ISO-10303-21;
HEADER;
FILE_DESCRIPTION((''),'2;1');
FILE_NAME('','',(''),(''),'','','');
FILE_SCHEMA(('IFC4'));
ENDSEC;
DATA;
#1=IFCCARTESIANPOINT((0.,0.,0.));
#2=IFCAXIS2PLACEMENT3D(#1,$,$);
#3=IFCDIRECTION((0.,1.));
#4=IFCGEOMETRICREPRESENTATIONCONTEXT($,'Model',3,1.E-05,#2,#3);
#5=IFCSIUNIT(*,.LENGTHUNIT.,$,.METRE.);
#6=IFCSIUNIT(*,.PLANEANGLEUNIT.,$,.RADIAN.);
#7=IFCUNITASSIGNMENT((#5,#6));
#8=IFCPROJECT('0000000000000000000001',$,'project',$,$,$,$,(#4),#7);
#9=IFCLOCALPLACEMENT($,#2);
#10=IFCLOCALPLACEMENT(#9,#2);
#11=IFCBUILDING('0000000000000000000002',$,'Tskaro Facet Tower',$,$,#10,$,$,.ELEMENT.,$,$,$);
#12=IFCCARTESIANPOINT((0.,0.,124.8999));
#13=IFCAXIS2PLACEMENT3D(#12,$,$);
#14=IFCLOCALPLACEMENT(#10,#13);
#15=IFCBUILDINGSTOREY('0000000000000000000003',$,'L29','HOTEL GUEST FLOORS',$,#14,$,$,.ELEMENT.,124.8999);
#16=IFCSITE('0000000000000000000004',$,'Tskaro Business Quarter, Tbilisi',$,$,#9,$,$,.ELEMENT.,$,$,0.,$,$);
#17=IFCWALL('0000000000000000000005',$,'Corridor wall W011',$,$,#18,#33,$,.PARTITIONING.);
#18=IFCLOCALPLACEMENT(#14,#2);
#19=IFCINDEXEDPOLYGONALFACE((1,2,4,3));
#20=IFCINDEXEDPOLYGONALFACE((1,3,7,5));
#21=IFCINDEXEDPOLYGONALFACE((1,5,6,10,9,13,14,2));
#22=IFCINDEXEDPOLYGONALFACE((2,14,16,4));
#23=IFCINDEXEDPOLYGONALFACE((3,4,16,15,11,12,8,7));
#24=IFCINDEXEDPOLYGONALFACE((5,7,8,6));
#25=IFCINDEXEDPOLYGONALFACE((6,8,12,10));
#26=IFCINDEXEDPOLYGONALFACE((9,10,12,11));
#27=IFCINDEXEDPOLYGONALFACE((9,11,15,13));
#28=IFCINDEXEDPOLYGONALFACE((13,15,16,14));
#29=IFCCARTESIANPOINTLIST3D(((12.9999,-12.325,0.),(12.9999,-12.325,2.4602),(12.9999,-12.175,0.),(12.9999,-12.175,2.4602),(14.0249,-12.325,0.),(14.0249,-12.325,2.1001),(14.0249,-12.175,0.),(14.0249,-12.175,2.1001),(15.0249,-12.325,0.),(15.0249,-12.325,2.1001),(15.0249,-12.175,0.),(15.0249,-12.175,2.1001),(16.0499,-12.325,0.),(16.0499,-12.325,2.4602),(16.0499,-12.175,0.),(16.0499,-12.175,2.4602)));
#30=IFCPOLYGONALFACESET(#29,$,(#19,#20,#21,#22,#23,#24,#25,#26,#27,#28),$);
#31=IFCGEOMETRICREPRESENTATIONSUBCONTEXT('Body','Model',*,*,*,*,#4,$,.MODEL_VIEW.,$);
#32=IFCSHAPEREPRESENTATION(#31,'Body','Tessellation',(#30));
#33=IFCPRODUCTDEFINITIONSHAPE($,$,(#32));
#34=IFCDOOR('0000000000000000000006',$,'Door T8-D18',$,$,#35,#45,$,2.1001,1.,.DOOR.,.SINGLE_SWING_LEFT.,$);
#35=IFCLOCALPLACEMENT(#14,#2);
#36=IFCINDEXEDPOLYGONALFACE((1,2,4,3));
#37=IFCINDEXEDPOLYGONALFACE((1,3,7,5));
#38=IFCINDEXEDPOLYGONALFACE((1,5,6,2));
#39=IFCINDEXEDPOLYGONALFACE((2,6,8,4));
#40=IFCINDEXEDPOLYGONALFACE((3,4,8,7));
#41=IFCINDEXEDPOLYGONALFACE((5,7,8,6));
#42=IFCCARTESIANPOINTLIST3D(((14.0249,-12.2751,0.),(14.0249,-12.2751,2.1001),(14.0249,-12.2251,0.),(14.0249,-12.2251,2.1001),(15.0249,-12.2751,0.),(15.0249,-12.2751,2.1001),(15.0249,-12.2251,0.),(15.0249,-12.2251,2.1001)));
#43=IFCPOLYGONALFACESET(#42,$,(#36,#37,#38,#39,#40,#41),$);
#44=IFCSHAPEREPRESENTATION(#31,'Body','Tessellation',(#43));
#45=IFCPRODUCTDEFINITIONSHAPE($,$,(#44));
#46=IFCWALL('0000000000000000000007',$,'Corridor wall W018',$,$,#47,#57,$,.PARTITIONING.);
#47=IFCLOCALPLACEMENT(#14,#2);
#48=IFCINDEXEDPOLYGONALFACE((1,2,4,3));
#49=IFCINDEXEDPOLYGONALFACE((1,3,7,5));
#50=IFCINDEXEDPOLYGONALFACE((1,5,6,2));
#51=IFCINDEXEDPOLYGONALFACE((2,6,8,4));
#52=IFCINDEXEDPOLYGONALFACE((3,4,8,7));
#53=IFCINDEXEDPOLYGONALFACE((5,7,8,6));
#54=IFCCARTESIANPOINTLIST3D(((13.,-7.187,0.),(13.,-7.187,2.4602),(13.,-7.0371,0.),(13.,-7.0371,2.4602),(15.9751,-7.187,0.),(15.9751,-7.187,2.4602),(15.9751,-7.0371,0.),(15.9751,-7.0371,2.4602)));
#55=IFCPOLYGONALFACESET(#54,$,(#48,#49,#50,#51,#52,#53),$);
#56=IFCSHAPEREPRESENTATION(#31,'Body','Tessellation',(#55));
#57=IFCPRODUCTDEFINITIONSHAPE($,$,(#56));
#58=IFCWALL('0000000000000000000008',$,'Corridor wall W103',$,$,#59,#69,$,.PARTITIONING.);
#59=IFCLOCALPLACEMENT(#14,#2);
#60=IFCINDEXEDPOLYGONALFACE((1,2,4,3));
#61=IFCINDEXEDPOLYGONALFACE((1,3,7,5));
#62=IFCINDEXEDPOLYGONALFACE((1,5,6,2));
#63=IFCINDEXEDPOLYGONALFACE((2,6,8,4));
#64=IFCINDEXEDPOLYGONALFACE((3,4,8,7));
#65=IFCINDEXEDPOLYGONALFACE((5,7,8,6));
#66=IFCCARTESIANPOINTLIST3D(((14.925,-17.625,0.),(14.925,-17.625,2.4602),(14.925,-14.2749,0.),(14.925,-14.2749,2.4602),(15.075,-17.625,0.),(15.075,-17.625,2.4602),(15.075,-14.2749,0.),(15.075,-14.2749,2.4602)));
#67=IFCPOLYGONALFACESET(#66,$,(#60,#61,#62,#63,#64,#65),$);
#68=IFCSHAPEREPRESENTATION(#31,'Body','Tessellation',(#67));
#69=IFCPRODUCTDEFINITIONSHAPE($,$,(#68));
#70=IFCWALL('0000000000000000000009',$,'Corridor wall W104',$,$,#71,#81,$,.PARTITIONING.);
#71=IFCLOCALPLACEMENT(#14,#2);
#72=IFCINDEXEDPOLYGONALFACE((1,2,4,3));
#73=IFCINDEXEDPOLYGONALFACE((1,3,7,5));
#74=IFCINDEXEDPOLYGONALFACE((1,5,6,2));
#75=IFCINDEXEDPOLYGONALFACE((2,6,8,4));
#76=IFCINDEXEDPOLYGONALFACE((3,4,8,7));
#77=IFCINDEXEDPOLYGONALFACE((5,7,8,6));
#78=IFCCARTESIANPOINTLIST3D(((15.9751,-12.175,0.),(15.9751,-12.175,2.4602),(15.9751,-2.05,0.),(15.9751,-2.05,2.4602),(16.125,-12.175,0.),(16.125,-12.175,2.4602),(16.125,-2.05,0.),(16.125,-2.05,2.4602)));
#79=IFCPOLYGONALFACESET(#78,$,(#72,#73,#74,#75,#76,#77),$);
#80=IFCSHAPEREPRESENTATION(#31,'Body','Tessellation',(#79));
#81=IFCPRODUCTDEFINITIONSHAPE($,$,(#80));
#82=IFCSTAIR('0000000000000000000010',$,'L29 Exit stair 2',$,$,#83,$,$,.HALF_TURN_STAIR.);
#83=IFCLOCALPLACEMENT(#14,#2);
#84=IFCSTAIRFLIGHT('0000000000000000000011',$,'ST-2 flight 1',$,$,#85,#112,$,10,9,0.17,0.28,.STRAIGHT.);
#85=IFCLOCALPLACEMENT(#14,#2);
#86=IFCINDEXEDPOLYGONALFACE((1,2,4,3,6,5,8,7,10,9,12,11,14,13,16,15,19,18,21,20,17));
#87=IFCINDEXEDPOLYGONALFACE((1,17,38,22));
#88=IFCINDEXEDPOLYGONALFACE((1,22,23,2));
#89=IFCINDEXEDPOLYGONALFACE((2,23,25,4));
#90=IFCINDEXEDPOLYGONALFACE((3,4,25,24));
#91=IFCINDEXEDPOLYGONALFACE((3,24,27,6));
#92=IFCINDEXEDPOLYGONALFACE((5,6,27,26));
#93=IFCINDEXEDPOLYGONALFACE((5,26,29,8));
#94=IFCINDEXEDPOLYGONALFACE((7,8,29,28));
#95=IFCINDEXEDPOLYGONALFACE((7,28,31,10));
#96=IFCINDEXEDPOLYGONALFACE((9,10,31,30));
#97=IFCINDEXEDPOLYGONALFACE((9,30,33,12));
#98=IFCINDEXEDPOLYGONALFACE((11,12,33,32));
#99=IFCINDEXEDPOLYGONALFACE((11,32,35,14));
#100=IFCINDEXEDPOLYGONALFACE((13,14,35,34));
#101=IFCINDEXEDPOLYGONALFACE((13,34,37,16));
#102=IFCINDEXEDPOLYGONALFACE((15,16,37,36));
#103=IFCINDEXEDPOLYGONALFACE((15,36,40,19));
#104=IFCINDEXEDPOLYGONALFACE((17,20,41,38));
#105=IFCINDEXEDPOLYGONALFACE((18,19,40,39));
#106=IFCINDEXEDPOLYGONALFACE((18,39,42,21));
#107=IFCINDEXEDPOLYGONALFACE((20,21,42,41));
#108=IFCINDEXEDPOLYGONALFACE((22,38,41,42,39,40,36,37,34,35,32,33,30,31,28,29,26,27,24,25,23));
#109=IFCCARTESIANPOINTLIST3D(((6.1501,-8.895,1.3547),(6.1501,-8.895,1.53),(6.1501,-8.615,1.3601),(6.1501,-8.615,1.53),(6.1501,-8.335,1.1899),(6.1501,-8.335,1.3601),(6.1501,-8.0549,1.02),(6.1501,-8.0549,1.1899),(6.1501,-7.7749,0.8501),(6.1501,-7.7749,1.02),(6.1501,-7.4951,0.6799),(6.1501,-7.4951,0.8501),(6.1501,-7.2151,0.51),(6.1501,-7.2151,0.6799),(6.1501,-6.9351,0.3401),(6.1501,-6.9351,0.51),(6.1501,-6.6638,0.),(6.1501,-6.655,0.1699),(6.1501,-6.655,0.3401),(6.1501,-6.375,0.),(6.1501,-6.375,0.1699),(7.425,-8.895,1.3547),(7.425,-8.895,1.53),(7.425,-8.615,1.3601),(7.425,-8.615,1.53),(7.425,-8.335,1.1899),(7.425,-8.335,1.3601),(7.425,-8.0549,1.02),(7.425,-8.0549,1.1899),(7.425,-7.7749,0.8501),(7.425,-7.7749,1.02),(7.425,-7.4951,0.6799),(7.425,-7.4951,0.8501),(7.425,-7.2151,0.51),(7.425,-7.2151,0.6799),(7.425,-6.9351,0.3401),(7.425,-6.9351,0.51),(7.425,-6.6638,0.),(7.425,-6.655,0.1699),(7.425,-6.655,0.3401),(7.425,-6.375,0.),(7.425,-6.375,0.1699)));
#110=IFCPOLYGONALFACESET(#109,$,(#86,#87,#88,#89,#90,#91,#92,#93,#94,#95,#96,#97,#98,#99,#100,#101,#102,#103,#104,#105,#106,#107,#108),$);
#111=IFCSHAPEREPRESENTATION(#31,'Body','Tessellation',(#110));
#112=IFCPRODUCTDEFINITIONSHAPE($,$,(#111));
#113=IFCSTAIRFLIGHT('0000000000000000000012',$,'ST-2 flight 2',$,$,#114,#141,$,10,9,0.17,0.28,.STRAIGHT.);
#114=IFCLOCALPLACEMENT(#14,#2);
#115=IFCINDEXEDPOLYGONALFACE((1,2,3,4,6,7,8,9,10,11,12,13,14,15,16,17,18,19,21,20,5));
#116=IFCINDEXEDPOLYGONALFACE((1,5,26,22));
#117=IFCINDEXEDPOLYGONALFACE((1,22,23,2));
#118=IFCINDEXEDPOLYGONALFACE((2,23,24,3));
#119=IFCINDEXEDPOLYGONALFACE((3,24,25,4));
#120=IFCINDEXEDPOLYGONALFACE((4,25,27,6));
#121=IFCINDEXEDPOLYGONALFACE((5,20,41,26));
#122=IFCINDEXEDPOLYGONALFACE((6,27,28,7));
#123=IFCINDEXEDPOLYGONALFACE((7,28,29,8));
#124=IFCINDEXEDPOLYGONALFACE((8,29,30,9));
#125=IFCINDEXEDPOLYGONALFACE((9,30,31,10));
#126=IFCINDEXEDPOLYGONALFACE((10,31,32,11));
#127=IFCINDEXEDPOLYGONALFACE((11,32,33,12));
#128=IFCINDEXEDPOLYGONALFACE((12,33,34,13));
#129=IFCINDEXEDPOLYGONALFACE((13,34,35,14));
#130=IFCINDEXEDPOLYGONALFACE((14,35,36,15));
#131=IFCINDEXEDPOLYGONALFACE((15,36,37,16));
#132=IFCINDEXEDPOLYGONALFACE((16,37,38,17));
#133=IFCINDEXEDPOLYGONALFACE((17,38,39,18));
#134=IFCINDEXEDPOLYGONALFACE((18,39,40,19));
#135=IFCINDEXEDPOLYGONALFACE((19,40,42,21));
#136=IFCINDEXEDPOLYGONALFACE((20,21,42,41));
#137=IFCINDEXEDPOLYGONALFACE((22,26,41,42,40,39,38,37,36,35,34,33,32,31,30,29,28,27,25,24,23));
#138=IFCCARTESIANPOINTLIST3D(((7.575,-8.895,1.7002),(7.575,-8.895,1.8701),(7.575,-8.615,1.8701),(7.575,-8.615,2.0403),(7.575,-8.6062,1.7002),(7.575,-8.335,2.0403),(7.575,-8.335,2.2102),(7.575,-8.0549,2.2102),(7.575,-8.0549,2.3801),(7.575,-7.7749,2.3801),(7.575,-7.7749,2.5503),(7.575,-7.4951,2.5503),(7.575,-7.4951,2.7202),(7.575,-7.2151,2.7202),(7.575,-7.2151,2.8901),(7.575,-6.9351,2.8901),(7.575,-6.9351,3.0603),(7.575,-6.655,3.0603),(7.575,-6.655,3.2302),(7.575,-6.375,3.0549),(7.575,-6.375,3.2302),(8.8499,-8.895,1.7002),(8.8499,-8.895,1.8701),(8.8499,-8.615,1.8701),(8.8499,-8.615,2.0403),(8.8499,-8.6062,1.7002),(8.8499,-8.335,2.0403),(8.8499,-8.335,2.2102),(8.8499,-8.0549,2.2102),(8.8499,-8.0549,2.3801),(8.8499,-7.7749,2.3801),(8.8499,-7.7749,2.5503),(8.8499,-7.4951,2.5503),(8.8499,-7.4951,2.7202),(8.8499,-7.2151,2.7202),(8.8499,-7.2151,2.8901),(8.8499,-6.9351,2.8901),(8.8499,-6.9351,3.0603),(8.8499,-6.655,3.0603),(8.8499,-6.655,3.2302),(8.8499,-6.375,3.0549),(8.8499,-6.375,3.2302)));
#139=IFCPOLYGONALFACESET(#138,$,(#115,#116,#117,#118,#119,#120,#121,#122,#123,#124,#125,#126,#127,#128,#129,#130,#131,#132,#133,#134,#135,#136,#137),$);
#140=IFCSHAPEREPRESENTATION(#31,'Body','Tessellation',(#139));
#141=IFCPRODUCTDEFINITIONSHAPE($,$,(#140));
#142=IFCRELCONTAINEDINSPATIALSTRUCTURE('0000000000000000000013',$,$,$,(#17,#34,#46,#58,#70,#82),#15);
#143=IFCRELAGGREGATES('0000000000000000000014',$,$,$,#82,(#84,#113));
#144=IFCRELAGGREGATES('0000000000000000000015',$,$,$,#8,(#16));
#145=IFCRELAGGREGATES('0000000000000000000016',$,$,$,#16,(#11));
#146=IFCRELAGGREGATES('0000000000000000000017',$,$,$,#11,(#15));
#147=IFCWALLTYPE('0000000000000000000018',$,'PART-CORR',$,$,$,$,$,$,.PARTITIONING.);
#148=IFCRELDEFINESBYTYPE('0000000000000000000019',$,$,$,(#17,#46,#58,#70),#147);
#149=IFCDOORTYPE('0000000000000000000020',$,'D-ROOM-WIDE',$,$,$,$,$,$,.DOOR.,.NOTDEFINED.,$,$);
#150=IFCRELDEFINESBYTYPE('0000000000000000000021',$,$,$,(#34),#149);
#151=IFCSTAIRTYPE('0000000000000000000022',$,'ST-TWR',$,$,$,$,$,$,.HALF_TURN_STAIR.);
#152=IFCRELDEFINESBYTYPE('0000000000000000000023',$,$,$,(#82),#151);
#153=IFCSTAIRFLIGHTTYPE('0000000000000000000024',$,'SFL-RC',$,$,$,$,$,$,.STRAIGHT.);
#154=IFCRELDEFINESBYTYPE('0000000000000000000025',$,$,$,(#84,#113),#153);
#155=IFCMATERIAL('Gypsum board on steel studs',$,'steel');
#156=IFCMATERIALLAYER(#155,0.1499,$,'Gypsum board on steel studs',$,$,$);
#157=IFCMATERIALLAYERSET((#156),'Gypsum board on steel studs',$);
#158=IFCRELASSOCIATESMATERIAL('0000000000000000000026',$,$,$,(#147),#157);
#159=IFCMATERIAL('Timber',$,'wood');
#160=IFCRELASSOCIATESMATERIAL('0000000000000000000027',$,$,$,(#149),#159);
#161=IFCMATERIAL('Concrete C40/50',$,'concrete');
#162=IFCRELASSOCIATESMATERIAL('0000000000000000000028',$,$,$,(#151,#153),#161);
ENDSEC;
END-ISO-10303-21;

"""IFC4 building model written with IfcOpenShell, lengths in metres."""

from ifc_helpers import new_model, si_unit, direction, frame, frame_2d, origin, place, context, subcontext, project, spatial, polyline, rectangle, outline, extrude, material, layer, layer_set, type_object, element, fill, aggregate, save


model = new_model("IFC4")

# Units and contexts
model_context = context("Model", 3, precision=1e-05, world=origin(), true_north=direction((0.0, 1.0)))
body_context = subcontext(model_context, "Body", "Model", "MODEL_VIEW")
ifc_project = project(units=[si_unit("LENGTHUNIT", "METRE"), si_unit("PLANEANGLEUNIT", "RADIAN")], contexts=[model_context])

# Site, building, storey
site_placement = place(None, origin())
site = spatial("IfcSite", under=ifc_project, at=site_placement, Name="Tskaro Business Quarter, Tbilisi", CompositionType="ELEMENT", RefElevation=0.0)
building_placement = place(site_placement, origin())
building = spatial("IfcBuilding", under=site, at=building_placement, Name="Tskaro Facet Tower", CompositionType="ELEMENT")
storey_placement = place(building_placement, frame((0.0, 0.0, 124.8999)))
storey = spatial("IfcBuildingStorey", under=building, at=storey_placement, Name="L29", Description="HOTEL GUEST FLOORS", CompositionType="ELEMENT", Elevation=124.8999)

# Shared definitions
ifc_material_1 = material(Name="Timber", Category="wood")

# Shared definitions
ifc_material_2 = material(Name="Concrete C40/50", Category="concrete")

# Wall, opening, door
ifc_material_3 = material(Name="Gypsum board on steel studs", Category="steel")
ifc_layer_1 = layer(ifc_material_3, 0.1499, Name="Gypsum board on steel studs")
ifc_layer_set_1 = layer_set([ifc_layer_1], Name="Gypsum board on steel studs")
wall_type_1 = type_object("IfcWallType", Name="PART-CORR", PredefinedType="PARTITIONING", material=ifc_layer_set_1)
wall_1_placement = place(storey_placement, frame((13.0, -12.25, 0.0), z_axis=(0.0, 0.0, 1.0), x_axis=(1.0, 0.0, 0.0)))
wall_1 = element("IfcWall", 1, at=wall_1_placement, inside=storey, type_object=wall_type_1, Name="Corridor wall W011", PredefinedType="PARTITIONING", context=body_context, shape_type="SweptSolid", body=[
    extrude(rectangle(XDim=3.05, YDim=0.1499, at=frame_2d((1.5249, 0.0))), origin(), (0.0, 0.0, 1.0), 2.4602),
])
opening_1_placement = place(wall_1_placement, frame((1.0249, 0.0, 0.0)))
opening_1 = element("IfcOpeningElement", 2, at=opening_1_placement, cuts=wall_1, PredefinedType="OPENING", context=body_context, shape_type="SweptSolid", body=[
    extrude(rectangle(XDim=1.0, YDim=2.1001, at=frame_2d((0.5, 1.05))), frame((0.0, 0.085, 0.0), z_axis=(0.0, -1.0, 0.0), x_axis=(1.0, 0.0, 0.0)), (0.0, 0.0, 1.0), 0.1699),
])
door_type_1 = type_object("IfcDoorType", Name="D-ROOM-WIDE", OperationType="NOTDEFINED", PredefinedType="DOOR", material=ifc_material_1)
door_1_placement = place(opening_1_placement, origin())
door_1 = element("IfcDoor", 3, at=door_1_placement, inside=storey, type_object=door_type_1, Name="Door T8-D18", OperationType="SINGLE_SWING_LEFT", OverallHeight=2.1001, OverallWidth=1.0, PredefinedType="DOOR", context=body_context, shape_type="SweptSolid", body=[
    extrude(rectangle(XDim=1.0, YDim=2.1001, at=frame_2d((0.5, 1.05))), frame((0.0, 0.0249, 0.0), z_axis=(0.0, -1.0, 0.0), x_axis=(1.0, 0.0, 0.0)), (0.0, 0.0, 1.0), 0.05),
])
fill(opening_1, door_1)

# Walls
wall_2_placement = place(storey_placement, frame((13.0, -7.1121, 0.0), z_axis=(0.0, 0.0, 1.0), x_axis=(1.0, 0.0, 0.0)))
element("IfcWall", 4, at=wall_2_placement, inside=storey, type_object=wall_type_1, Name="Corridor wall W018", PredefinedType="PARTITIONING", context=body_context, shape_type="SweptSolid", body=[
    extrude(rectangle(XDim=2.9751, YDim=0.1499, at=frame_2d((1.4875, 0.0))), origin(), (0.0, 0.0, 1.0), 2.4602),
])
wall_3_placement = place(storey_placement, frame((15.0, -17.625, 0.0), z_axis=(0.0, 0.0, 1.0), x_axis=(0.0, 1.0, 0.0)))
element("IfcWall", 5, at=wall_3_placement, inside=storey, type_object=wall_type_1, Name="Corridor wall W103", PredefinedType="PARTITIONING", context=body_context, shape_type="SweptSolid", body=[
    extrude(rectangle(XDim=3.3501, YDim=0.1499, at=frame_2d((1.675, 0.0))), origin(), (0.0, 0.0, 1.0), 2.4602),
])
wall_4_placement = place(storey_placement, frame((16.05, -12.175, 0.0), z_axis=(0.0, 0.0, 1.0), x_axis=(0.0, 1.0, 0.0)))
element("IfcWall", 6, at=wall_4_placement, inside=storey, type_object=wall_type_1, Name="Corridor wall W104", PredefinedType="PARTITIONING", context=body_context, shape_type="SweptSolid", body=[
    extrude(rectangle(XDim=10.125, YDim=0.1499, at=frame_2d((5.0625, 0.0))), origin(), (0.0, 0.0, 1.0), 2.4602),
])

# Stair, stair flights
stair_type = type_object("IfcStairType", Name="ST-TWR", PredefinedType="HALF_TURN_STAIR", material=ifc_material_2)
stair_placement = place(storey_placement, origin())
stair = element("IfcStair", 7, at=stair_placement, inside=storey, type_object=stair_type, Name="L29 Exit stair 2", PredefinedType="HALF_TURN_STAIR")
stair_flight_type = type_object("IfcStairFlightType", Name="SFL-RC", PredefinedType="STRAIGHT", material=ifc_material_2)
stair_flight_1_placement = place(storey_placement, frame((6.7876, -6.375, 0.0), z_axis=(0.0, 0.0, 1.0), x_axis=(0.0, -1.0, 0.0)))
stair_flight_1 = element("IfcStairFlight", 8, at=stair_flight_1_placement, type_object=stair_flight_type, Name="ST-2 flight 1", NumberOfRisers=10, NumberOfTreads=9, PredefinedType="STRAIGHT", RiserHeight=0.17, TreadLength=0.28, context=body_context, shape_type="SweptSolid", body=[
    extrude(outline(polyline([(0.0, 0.0), (0.0, 0.1699), (0.28, 0.1699), (0.28, 0.3401), (0.5601, 0.3401), (0.5601, 0.51), (0.8401, 0.51), (0.8401, 0.6799), (1.1201, 0.6799), (1.1201, 0.8501), (1.3999, 0.8501), (1.3999, 1.02), (1.6799, 1.02), (1.6799, 1.1899), (1.96, 1.1899), (1.96, 1.3601), (2.24, 1.3601), (2.24, 1.53), (2.52, 1.53), (2.52, 1.7), (2.52, 1.3547), (0.2888, 0.0), (0.0, 0.0)])), frame((0.0, 0.6375, 0.0), z_axis=(0.0, -1.0, 0.0), x_axis=(1.0, 0.0, 0.0)), (0.0, 0.0, 1.0), 1.2749),
])
stair_flight_2_placement = place(storey_placement, frame((8.2124, -8.895, 1.7002), z_axis=(0.0, 0.0, 1.0), x_axis=(0.0, 1.0, 0.0)))
stair_flight_2 = element("IfcStairFlight", 9, at=stair_flight_2_placement, type_object=stair_flight_type, Name="ST-2 flight 2", NumberOfRisers=10, NumberOfTreads=9, PredefinedType="STRAIGHT", RiserHeight=0.17, TreadLength=0.28, context=body_context, shape_type="SweptSolid", body=[
    extrude(outline(polyline([(0.0, 0.0), (0.0, 0.1699), (0.28, 0.1699), (0.28, 0.3401), (0.5601, 0.3401), (0.5601, 0.51), (0.8401, 0.51), (0.8401, 0.6799), (1.1201, 0.6799), (1.1201, 0.8501), (1.3999, 0.8501), (1.3999, 1.02), (1.6799, 1.02), (1.6799, 1.1899), (1.96, 1.1899), (1.96, 1.3601), (2.24, 1.3601), (2.24, 1.53), (2.52, 1.53), (2.52, 1.7), (2.52, 1.3547), (0.2888, 0.0), (0.0, 0.0)])), frame((0.0, 0.6375, 0.0), z_axis=(0.0, -1.0, 0.0), x_axis=(1.0, 0.0, 0.0)), (0.0, 0.0, 1.0), 1.2749),
])
aggregate(stair, [stair_flight_1, stair_flight_2])

save(model, "model.ifc")
